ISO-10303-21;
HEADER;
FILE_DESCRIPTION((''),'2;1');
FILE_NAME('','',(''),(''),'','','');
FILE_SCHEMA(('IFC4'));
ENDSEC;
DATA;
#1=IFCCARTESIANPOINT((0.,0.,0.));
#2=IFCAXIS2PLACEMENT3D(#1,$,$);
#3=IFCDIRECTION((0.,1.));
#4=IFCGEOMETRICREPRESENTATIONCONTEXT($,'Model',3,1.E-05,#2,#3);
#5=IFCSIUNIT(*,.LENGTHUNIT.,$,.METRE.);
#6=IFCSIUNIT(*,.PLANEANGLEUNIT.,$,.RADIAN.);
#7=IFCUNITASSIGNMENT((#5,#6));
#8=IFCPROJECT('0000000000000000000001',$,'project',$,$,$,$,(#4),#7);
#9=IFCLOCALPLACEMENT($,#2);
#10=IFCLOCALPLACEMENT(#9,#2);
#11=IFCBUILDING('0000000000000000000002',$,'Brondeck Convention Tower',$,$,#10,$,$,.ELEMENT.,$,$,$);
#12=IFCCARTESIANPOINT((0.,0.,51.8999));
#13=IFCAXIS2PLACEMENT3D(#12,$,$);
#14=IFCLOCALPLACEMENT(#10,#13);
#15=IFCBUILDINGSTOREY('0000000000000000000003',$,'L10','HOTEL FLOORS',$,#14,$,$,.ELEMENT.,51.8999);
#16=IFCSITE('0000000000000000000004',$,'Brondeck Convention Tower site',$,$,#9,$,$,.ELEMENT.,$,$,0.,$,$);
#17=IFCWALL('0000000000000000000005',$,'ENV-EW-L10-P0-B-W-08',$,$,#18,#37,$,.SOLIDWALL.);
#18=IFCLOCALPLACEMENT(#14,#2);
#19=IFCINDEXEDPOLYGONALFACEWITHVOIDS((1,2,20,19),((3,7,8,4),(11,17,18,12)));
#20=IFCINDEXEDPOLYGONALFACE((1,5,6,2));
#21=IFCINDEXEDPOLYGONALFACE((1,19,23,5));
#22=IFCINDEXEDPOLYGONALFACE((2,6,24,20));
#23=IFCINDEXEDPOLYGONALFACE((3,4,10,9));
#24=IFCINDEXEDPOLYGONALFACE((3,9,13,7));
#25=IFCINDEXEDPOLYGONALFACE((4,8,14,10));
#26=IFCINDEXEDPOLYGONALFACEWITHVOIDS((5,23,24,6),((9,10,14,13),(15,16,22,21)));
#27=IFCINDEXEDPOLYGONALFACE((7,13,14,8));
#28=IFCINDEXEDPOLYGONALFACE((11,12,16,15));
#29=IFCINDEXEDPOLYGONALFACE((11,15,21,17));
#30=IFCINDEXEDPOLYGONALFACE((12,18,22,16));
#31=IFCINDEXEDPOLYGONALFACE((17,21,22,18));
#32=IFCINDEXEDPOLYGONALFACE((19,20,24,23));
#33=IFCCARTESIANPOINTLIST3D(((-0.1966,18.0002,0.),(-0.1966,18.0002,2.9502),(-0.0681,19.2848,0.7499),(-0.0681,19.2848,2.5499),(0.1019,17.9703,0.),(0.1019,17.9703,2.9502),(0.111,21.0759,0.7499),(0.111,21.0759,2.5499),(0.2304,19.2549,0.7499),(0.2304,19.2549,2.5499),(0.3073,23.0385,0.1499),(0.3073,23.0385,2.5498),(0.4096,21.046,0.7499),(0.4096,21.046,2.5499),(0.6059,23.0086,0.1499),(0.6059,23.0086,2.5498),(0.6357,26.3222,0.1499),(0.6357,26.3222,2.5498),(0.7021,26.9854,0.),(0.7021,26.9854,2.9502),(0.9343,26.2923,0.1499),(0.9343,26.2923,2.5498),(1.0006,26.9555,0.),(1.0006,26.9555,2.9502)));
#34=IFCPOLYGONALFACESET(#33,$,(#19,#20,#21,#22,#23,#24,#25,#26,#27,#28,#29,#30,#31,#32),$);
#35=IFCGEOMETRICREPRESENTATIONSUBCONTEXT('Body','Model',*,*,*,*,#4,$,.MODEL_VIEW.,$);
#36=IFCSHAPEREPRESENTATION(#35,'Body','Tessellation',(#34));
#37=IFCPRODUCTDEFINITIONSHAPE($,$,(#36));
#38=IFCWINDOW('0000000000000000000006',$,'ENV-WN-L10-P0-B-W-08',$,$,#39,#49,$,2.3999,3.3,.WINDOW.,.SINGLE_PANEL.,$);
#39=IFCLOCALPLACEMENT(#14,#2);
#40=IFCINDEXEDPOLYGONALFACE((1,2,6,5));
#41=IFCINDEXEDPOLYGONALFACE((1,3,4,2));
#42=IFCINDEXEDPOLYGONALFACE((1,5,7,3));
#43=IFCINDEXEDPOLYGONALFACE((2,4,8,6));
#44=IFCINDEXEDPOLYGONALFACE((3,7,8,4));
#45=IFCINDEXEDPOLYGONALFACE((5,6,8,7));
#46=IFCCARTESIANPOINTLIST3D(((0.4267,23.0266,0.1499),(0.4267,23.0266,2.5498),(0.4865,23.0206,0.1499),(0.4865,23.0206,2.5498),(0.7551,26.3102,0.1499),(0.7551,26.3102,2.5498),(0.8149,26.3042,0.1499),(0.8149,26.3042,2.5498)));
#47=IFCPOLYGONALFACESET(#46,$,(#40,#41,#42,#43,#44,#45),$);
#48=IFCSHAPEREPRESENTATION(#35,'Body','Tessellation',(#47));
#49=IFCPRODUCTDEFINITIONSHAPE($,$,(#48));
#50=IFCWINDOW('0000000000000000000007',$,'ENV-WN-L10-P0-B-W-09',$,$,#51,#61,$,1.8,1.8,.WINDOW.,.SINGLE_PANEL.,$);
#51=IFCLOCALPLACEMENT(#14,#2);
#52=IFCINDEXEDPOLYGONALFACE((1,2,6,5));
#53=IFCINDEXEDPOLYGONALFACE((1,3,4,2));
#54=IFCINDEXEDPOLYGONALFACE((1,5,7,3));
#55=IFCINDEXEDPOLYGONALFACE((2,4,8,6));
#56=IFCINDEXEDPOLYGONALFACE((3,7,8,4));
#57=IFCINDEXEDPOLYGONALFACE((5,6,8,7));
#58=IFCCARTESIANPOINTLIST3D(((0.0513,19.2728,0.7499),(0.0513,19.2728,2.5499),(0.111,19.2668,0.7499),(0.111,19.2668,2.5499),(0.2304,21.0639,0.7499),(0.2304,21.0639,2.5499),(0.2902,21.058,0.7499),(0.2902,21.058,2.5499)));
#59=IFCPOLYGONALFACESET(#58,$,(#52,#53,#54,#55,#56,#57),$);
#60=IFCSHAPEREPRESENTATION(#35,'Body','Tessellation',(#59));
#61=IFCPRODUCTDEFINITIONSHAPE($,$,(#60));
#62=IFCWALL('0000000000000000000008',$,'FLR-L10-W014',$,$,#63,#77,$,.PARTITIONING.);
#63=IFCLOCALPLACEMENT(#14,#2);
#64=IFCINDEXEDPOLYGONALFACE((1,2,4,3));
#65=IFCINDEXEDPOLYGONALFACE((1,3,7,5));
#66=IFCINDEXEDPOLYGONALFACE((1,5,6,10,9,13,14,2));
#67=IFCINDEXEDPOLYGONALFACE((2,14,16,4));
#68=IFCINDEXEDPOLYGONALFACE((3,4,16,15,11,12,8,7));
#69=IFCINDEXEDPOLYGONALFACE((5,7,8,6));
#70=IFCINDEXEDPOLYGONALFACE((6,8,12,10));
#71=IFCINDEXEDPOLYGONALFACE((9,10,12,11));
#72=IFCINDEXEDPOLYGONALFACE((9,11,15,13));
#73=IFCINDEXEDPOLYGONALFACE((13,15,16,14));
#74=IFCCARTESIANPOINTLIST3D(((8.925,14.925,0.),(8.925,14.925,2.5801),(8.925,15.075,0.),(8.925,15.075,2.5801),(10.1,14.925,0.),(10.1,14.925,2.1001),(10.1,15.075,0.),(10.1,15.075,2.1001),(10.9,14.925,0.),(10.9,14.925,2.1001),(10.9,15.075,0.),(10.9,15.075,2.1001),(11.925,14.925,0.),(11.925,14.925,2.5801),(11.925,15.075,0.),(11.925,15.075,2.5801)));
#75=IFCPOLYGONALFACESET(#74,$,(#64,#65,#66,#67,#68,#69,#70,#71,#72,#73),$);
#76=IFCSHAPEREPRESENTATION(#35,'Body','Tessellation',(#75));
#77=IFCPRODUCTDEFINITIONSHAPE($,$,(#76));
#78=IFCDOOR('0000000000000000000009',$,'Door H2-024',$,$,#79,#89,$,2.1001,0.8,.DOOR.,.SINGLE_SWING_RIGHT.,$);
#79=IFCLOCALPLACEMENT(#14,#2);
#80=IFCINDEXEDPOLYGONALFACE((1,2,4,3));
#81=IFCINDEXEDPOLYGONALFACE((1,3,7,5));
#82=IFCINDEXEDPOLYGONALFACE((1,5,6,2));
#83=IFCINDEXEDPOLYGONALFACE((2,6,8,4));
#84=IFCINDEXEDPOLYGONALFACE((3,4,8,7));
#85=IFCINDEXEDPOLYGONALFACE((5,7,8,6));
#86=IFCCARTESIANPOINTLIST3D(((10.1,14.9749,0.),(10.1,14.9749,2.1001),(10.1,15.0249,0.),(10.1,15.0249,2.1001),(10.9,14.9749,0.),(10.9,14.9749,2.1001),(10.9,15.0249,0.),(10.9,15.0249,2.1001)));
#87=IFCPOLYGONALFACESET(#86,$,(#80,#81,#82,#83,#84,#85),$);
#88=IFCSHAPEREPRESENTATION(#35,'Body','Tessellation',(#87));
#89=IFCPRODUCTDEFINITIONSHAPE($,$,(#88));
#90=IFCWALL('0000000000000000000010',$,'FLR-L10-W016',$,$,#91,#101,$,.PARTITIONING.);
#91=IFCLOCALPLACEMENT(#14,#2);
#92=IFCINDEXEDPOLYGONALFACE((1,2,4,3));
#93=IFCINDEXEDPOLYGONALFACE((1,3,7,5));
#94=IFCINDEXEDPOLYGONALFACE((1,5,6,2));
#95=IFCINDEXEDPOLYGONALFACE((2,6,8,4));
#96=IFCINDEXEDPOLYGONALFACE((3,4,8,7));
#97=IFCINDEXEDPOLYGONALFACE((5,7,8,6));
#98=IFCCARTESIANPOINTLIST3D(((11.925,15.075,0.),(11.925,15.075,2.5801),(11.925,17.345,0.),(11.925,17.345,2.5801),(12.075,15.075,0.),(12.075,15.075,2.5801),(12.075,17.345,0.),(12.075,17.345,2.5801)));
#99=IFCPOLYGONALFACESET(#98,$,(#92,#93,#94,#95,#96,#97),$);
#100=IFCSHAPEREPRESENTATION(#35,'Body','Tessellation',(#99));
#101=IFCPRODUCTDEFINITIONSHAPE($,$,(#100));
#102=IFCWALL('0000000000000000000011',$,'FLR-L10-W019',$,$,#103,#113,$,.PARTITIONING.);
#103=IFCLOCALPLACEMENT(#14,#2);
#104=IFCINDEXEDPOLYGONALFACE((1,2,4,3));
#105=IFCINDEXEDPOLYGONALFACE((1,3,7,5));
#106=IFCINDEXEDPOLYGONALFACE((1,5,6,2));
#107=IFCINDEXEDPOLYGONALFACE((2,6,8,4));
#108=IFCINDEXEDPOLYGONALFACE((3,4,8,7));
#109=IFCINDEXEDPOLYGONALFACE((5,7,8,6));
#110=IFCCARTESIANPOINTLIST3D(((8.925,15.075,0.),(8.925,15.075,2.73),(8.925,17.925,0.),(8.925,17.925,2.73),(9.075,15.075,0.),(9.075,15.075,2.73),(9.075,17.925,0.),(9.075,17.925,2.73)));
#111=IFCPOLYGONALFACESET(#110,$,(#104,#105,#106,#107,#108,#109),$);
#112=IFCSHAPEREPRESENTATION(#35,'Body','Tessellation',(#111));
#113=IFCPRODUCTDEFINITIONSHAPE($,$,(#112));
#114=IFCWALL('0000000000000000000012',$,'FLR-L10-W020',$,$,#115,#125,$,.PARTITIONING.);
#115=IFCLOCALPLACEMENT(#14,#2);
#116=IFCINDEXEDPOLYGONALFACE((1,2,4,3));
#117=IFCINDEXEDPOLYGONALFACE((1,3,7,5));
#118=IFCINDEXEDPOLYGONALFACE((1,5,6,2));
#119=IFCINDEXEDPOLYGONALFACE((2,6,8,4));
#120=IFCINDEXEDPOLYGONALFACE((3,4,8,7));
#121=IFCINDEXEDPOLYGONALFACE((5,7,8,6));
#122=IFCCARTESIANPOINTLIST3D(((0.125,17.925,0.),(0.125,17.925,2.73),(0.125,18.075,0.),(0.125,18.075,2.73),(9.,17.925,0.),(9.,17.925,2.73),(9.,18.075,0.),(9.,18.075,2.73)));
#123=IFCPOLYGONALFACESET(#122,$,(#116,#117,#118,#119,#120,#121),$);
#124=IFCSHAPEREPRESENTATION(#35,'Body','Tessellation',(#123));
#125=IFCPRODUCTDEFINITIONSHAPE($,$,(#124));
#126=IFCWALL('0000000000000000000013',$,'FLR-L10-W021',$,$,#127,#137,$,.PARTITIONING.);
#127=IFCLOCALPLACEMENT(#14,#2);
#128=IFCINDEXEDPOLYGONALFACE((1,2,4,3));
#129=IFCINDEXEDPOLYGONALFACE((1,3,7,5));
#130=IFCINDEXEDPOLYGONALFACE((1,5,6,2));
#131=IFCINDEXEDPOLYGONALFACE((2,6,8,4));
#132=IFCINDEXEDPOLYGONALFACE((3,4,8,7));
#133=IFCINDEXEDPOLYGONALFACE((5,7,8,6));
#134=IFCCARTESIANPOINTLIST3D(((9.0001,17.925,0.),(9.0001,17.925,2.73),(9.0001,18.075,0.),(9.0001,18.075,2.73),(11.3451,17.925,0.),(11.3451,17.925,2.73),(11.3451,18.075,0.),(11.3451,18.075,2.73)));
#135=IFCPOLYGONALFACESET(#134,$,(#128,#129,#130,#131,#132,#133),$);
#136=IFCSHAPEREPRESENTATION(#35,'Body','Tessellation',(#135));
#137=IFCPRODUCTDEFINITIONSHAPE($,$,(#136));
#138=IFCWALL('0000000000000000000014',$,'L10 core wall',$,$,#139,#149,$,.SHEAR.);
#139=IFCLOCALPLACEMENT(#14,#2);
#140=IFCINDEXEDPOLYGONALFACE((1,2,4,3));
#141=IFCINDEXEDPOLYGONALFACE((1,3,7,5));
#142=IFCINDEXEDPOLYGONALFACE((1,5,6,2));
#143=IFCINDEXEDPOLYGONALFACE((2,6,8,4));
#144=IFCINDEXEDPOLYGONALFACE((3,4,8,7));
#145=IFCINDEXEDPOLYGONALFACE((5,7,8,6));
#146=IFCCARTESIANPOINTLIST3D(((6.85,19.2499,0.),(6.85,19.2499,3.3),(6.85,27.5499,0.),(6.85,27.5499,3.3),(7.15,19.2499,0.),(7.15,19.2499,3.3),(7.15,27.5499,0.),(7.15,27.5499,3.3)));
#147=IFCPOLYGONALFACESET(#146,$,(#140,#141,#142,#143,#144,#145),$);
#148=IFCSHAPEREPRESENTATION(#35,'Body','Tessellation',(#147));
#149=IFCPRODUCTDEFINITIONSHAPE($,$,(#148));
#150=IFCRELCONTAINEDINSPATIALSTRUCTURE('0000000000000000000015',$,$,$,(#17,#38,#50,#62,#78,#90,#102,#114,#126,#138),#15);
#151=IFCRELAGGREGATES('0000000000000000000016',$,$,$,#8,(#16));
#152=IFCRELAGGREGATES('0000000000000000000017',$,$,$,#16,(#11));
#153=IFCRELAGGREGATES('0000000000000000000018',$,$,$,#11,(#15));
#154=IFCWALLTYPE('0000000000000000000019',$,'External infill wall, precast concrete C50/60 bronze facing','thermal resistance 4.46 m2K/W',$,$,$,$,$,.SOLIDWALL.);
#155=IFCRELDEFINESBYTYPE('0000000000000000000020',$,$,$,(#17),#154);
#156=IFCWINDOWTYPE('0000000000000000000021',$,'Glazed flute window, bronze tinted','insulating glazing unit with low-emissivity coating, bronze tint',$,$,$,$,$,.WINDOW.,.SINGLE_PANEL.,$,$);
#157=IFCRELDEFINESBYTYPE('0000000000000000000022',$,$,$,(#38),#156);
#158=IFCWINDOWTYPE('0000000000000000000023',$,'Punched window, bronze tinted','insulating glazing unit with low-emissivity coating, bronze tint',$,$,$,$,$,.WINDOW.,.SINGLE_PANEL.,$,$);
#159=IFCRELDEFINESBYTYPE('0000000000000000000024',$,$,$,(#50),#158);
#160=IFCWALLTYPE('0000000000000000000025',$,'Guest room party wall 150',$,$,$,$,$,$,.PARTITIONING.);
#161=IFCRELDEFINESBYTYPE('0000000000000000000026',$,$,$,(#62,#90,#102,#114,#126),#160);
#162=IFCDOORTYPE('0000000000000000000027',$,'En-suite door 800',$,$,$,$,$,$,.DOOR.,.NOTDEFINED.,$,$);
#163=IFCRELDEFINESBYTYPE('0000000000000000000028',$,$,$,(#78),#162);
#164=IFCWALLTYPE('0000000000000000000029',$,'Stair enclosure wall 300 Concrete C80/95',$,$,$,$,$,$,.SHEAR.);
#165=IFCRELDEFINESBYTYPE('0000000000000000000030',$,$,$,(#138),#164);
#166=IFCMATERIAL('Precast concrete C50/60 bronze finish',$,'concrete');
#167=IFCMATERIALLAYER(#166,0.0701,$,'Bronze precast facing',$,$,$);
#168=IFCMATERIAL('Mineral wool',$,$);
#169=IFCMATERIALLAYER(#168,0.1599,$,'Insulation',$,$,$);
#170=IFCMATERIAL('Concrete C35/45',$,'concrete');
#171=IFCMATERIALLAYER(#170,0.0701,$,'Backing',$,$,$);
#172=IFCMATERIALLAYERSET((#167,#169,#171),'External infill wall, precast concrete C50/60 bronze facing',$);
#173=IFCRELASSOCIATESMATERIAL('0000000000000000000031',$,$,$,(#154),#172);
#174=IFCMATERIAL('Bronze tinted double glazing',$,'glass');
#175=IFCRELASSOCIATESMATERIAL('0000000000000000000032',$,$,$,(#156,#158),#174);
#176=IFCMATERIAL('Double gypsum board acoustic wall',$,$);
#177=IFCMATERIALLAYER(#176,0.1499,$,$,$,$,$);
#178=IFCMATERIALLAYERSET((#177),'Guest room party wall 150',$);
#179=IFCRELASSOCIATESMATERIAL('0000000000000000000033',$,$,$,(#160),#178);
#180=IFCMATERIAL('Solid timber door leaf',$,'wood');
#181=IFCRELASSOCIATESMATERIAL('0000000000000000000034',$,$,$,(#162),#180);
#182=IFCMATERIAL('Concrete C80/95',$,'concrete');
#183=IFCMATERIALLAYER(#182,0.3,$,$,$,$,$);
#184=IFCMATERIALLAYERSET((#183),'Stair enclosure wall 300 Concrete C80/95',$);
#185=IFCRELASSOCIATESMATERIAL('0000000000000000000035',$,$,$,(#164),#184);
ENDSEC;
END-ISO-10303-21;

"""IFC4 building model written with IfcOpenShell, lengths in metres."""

from ifc_helpers import new_model, si_unit, direction, frame, frame_2d, origin, place, context, subcontext, project, spatial, rectangle, extrude, material, layer, layer_set, type_object, element, fill, save


model = new_model("IFC4")

# Units and contexts
model_context = context("Model", 3, precision=1e-05, world=origin(), true_north=direction((0.0, 1.0)))
body_context = subcontext(model_context, "Body", "Model", "MODEL_VIEW")
ifc_project = project(units=[si_unit("LENGTHUNIT", "METRE"), si_unit("PLANEANGLEUNIT", "RADIAN")], contexts=[model_context])

# Site, building, storey
site_placement = place(None, origin())
site = spatial("IfcSite", under=ifc_project, at=site_placement, Name="Brondeck Convention Tower site", CompositionType="ELEMENT", RefElevation=0.0)
building_placement = place(site_placement, origin())
building = spatial("IfcBuilding", under=site, at=building_placement, Name="Brondeck Convention Tower", CompositionType="ELEMENT")
storey_placement = place(building_placement, frame((0.0, 0.0, 51.8999)))
storey = spatial("IfcBuildingStorey", under=building, at=storey_placement, Name="L10", Description="HOTEL FLOORS", CompositionType="ELEMENT", Elevation=51.8999)

# Shared definitions
ifc_material_1 = material(Name="Concrete C80/95", Category="concrete")

# Wall, openings, windows
ifc_material_2 = material(Name="Precast concrete C50/60 bronze finish", Category="concrete")
ifc_layer_1 = layer(ifc_material_2, 0.0701, Name="Bronze precast facing")
ifc_material_3 = material(Name="Mineral wool")
ifc_layer_2 = layer(ifc_material_3, 0.1599, Name="Insulation")
ifc_material_4 = material(Name="Concrete C35/45", Category="concrete")
ifc_layer_3 = layer(ifc_material_4, 0.0701, Name="Backing")
ifc_layer_set_1 = layer_set([ifc_layer_1, ifc_layer_2, ifc_layer_3], Name="External infill wall, precast concrete C50/60 bronze facing")
wall_type_1 = type_object("IfcWallType", Name="External infill wall, precast concrete C50/60 bronze facing", Description="thermal resistance 4.46 m2K/W", PredefinedType="SOLIDWALL", material=ifc_layer_set_1)
wall_1_placement = place(storey_placement, frame((-0.0474, 17.9851, 0.0), z_axis=(0.0, 0.0, 1.0), x_axis=(0.099522, 0.995035, 0.0)))
wall_1 = element("IfcWall", 1, at=wall_1_placement, inside=storey, type_object=wall_type_1, Name="ENV-EW-L10-P0-B-W-08", PredefinedType="SOLIDWALL", context=body_context, shape_type="SweptSolid", body=[
    extrude(rectangle(XDim=9.03, YDim=0.3, at=frame_2d((4.5151, 0.0))), origin(), (0.0, 0.0, 1.0), 2.9502),
])
opening_1_placement = place(wall_1_placement, frame((1.2913, 0.0, 0.75)))
opening_1 = element("IfcOpeningElement", 2, at=opening_1_placement, cuts=wall_1, PredefinedType="OPENING", context=body_context, shape_type="SweptSolid", body=[
    extrude(rectangle(XDim=1.8, YDim=1.8, at=frame_2d((0.8999, 0.8999))), frame((0.0, 0.1599, 0.0), z_axis=(0.0, -1.0, 0.0), x_axis=(1.0, 0.0, 0.0)), (0.0, 0.0, 1.0), 0.3201),
])
opening_2_placement = place(wall_1_placement, frame((5.0637, 0.0, 0.1499)))
opening_2 = element("IfcOpeningElement", 3, at=opening_2_placement, cuts=wall_1, PredefinedType="OPENING", context=body_context, shape_type="SweptSolid", body=[
    extrude(rectangle(XDim=3.3, YDim=2.3999, at=frame_2d((1.6499, 1.2))), frame((0.0, 0.1599, 0.0), z_axis=(0.0, -1.0, 0.0), x_axis=(1.0, 0.0, 0.0)), (0.0, 0.0, 1.0), 0.3201),
])
ifc_material_5 = material(Name="Bronze tinted double glazing", Category="glass")
window_type_1 = type_object("IfcWindowType", Name="Glazed flute window, bronze tinted", Description="insulating glazing unit with low-emissivity coating, bronze tint", PartitioningType="SINGLE_PANEL", PredefinedType="WINDOW", material=ifc_material_5)
window_1_placement = place(opening_2_placement, origin())
window_1 = element("IfcWindow", 4, at=window_1_placement, inside=storey, type_object=window_type_1, Name="ENV-WN-L10-P0-B-W-08", OverallHeight=2.3999, OverallWidth=3.3, PartitioningType="SINGLE_PANEL", PredefinedType="WINDOW", context=body_context, shape_type="SweptSolid", body=[
    extrude(rectangle(XDim=3.3, YDim=2.3999, at=frame_2d((1.6499, 1.2))), frame((0.0, 0.03, 0.0), z_axis=(0.0, -1.0, 0.0), x_axis=(1.0, 0.0, 0.0)), (0.0, 0.0, 1.0), 0.0601),
])
fill(opening_2, window_1)
window_type_2 = type_object("IfcWindowType", Name="Punched window, bronze tinted", Description="insulating glazing unit with low-emissivity coating, bronze tint", PartitioningType="SINGLE_PANEL", PredefinedType="WINDOW", material=ifc_material_5)
window_2_placement = place(opening_1_placement, origin())
window_2 = element("IfcWindow", 5, at=window_2_placement, inside=storey, type_object=window_type_2, Name="ENV-WN-L10-P0-B-W-09", OverallHeight=1.8, OverallWidth=1.8, PartitioningType="SINGLE_PANEL", PredefinedType="WINDOW", context=body_context, shape_type="SweptSolid", body=[
    extrude(rectangle(XDim=1.8, YDim=1.8, at=frame_2d((0.8999, 0.8999))), frame((0.0, 0.03, 0.0), z_axis=(0.0, -1.0, 0.0), x_axis=(1.0, 0.0, 0.0)), (0.0, 0.0, 1.0), 0.0601),
])
fill(opening_1, window_2)

# Wall, opening, door
ifc_material_6 = material(Name="Double gypsum board acoustic wall")
ifc_layer_4 = layer(ifc_material_6, 0.1499)
ifc_layer_set_2 = layer_set([ifc_layer_4], Name="Guest room party wall 150")
wall_type_2 = type_object("IfcWallType", Name="Guest room party wall 150", PredefinedType="PARTITIONING", material=ifc_layer_set_2)
wall_2_placement = place(storey_placement, frame((8.925, 15.0, 0.0), z_axis=(0.0, 0.0, 1.0), x_axis=(1.0, 0.0, 0.0)))
wall_2 = element("IfcWall", 6, at=wall_2_placement, inside=storey, type_object=wall_type_2, Name="FLR-L10-W014", PredefinedType="PARTITIONING", context=body_context, shape_type="SweptSolid", body=[
    extrude(rectangle(XDim=3.0, YDim=0.1499, at=frame_2d((1.5, 0.0))), origin(), (0.0, 0.0, 1.0), 2.5801),
])
opening_3_placement = place(wall_2_placement, frame((1.175, 0.0, 0.0)))
opening_3 = element("IfcOpeningElement", 7, at=opening_3_placement, cuts=wall_2, PredefinedType="OPENING", context=body_context, shape_type="SweptSolid", body=[
    extrude(rectangle(XDim=0.8, YDim=2.1001, at=frame_2d((0.3999, 1.05))), frame((0.0, 0.085, 0.0), z_axis=(0.0, -1.0, 0.0), x_axis=(1.0, 0.0, 0.0)), (0.0, 0.0, 1.0), 0.1699),
])
ifc_material_7 = material(Name="Solid timber door leaf", Category="wood")
door_type_1 = type_object("IfcDoorType", Name="En-suite door 800", OperationType="NOTDEFINED", PredefinedType="DOOR", material=ifc_material_7)
door_1_placement = place(opening_3_placement, origin())
door_1 = element("IfcDoor", 8, at=door_1_placement, inside=storey, type_object=door_type_1, Name="Door H2-024", OperationType="SINGLE_SWING_RIGHT", OverallHeight=2.1001, OverallWidth=0.8, PredefinedType="DOOR", context=body_context, shape_type="SweptSolid", body=[
    extrude(rectangle(XDim=0.8, YDim=2.1001, at=frame_2d((0.3999, 1.05))), frame((0.0, 0.0249, 0.0), z_axis=(0.0, -1.0, 0.0), x_axis=(1.0, 0.0, 0.0)), (0.0, 0.0, 1.0), 0.05),
])
fill(opening_3, door_1)

# Walls
wall_3_placement = place(storey_placement, frame((12.0, 15.075, 0.0), z_axis=(0.0, 0.0, 1.0), x_axis=(0.0, 1.0, 0.0)))
element("IfcWall", 9, at=wall_3_placement, inside=storey, type_object=wall_type_2, Name="FLR-L10-W016", PredefinedType="PARTITIONING", context=body_context, shape_type="SweptSolid", body=[
    extrude(rectangle(XDim=2.27, YDim=0.1499, at=frame_2d((1.135, 0.0))), origin(), (0.0, 0.0, 1.0), 2.5801),
])
wall_4_placement = place(storey_placement, frame((9.0, 17.925, 0.0), z_axis=(0.0, 0.0, 1.0), x_axis=(0.0, -1.0, 0.0)))
element("IfcWall", 10, at=wall_4_placement, inside=storey, type_object=wall_type_2, Name="FLR-L10-W019", PredefinedType="PARTITIONING", context=body_context, shape_type="SweptSolid", body=[
    extrude(rectangle(XDim=2.8501, YDim=0.1499, at=frame_2d((1.425, 0.0))), origin(), (0.0, 0.0, 1.0), 2.73),
])
wall_5_placement = place(storey_placement, frame((9.0, 18.0, 0.0), z_axis=(0.0, 0.0, 1.0), x_axis=(-1.0, 0.0, 0.0)))
element("IfcWall", 11, at=wall_5_placement, inside=storey, type_object=wall_type_2, Name="FLR-L10-W020", PredefinedType="PARTITIONING", context=body_context, shape_type="SweptSolid", body=[
    extrude(rectangle(XDim=8.875, YDim=0.1499, at=frame_2d((4.4375, 0.0))), origin(), (0.0, 0.0, 1.0), 2.73),
])
wall_6_placement = place(storey_placement, frame((11.345, 18.0, 0.0), z_axis=(0.0, 0.0, 1.0), x_axis=(-1.0, 0.0, 0.0)))
element("IfcWall", 12, at=wall_6_placement, inside=storey, type_object=wall_type_2, Name="FLR-L10-W021", PredefinedType="PARTITIONING", context=body_context, shape_type="SweptSolid", body=[
    extrude(rectangle(XDim=2.345, YDim=0.1499, at=frame_2d((1.1724, 0.0))), origin(), (0.0, 0.0, 1.0), 2.73),
])
ifc_layer_5 = layer(ifc_material_1, 0.3)
ifc_layer_set_3 = layer_set([ifc_layer_5], Name="Stair enclosure wall 300 Concrete C80/95")
wall_type_3 = type_object("IfcWallType", Name="Stair enclosure wall 300 Concrete C80/95", PredefinedType="SHEAR", material=ifc_layer_set_3)
wall_7_placement = place(storey_placement, frame((7.0, 19.25, 0.0), z_axis=(0.0, 0.0, 1.0), x_axis=(0.0, 1.0, 0.0)))
element("IfcWall", 13, at=wall_7_placement, inside=storey, type_object=wall_type_3, Name="L10 core wall", PredefinedType="SHEAR", context=body_context, shape_type="SweptSolid", body=[
    extrude(rectangle(XDim=8.3, YDim=0.3, at=frame_2d((4.1499, 0.0))), origin(), (0.0, 0.0, 1.0), 3.3),
])

save(model, "model.ifc")
